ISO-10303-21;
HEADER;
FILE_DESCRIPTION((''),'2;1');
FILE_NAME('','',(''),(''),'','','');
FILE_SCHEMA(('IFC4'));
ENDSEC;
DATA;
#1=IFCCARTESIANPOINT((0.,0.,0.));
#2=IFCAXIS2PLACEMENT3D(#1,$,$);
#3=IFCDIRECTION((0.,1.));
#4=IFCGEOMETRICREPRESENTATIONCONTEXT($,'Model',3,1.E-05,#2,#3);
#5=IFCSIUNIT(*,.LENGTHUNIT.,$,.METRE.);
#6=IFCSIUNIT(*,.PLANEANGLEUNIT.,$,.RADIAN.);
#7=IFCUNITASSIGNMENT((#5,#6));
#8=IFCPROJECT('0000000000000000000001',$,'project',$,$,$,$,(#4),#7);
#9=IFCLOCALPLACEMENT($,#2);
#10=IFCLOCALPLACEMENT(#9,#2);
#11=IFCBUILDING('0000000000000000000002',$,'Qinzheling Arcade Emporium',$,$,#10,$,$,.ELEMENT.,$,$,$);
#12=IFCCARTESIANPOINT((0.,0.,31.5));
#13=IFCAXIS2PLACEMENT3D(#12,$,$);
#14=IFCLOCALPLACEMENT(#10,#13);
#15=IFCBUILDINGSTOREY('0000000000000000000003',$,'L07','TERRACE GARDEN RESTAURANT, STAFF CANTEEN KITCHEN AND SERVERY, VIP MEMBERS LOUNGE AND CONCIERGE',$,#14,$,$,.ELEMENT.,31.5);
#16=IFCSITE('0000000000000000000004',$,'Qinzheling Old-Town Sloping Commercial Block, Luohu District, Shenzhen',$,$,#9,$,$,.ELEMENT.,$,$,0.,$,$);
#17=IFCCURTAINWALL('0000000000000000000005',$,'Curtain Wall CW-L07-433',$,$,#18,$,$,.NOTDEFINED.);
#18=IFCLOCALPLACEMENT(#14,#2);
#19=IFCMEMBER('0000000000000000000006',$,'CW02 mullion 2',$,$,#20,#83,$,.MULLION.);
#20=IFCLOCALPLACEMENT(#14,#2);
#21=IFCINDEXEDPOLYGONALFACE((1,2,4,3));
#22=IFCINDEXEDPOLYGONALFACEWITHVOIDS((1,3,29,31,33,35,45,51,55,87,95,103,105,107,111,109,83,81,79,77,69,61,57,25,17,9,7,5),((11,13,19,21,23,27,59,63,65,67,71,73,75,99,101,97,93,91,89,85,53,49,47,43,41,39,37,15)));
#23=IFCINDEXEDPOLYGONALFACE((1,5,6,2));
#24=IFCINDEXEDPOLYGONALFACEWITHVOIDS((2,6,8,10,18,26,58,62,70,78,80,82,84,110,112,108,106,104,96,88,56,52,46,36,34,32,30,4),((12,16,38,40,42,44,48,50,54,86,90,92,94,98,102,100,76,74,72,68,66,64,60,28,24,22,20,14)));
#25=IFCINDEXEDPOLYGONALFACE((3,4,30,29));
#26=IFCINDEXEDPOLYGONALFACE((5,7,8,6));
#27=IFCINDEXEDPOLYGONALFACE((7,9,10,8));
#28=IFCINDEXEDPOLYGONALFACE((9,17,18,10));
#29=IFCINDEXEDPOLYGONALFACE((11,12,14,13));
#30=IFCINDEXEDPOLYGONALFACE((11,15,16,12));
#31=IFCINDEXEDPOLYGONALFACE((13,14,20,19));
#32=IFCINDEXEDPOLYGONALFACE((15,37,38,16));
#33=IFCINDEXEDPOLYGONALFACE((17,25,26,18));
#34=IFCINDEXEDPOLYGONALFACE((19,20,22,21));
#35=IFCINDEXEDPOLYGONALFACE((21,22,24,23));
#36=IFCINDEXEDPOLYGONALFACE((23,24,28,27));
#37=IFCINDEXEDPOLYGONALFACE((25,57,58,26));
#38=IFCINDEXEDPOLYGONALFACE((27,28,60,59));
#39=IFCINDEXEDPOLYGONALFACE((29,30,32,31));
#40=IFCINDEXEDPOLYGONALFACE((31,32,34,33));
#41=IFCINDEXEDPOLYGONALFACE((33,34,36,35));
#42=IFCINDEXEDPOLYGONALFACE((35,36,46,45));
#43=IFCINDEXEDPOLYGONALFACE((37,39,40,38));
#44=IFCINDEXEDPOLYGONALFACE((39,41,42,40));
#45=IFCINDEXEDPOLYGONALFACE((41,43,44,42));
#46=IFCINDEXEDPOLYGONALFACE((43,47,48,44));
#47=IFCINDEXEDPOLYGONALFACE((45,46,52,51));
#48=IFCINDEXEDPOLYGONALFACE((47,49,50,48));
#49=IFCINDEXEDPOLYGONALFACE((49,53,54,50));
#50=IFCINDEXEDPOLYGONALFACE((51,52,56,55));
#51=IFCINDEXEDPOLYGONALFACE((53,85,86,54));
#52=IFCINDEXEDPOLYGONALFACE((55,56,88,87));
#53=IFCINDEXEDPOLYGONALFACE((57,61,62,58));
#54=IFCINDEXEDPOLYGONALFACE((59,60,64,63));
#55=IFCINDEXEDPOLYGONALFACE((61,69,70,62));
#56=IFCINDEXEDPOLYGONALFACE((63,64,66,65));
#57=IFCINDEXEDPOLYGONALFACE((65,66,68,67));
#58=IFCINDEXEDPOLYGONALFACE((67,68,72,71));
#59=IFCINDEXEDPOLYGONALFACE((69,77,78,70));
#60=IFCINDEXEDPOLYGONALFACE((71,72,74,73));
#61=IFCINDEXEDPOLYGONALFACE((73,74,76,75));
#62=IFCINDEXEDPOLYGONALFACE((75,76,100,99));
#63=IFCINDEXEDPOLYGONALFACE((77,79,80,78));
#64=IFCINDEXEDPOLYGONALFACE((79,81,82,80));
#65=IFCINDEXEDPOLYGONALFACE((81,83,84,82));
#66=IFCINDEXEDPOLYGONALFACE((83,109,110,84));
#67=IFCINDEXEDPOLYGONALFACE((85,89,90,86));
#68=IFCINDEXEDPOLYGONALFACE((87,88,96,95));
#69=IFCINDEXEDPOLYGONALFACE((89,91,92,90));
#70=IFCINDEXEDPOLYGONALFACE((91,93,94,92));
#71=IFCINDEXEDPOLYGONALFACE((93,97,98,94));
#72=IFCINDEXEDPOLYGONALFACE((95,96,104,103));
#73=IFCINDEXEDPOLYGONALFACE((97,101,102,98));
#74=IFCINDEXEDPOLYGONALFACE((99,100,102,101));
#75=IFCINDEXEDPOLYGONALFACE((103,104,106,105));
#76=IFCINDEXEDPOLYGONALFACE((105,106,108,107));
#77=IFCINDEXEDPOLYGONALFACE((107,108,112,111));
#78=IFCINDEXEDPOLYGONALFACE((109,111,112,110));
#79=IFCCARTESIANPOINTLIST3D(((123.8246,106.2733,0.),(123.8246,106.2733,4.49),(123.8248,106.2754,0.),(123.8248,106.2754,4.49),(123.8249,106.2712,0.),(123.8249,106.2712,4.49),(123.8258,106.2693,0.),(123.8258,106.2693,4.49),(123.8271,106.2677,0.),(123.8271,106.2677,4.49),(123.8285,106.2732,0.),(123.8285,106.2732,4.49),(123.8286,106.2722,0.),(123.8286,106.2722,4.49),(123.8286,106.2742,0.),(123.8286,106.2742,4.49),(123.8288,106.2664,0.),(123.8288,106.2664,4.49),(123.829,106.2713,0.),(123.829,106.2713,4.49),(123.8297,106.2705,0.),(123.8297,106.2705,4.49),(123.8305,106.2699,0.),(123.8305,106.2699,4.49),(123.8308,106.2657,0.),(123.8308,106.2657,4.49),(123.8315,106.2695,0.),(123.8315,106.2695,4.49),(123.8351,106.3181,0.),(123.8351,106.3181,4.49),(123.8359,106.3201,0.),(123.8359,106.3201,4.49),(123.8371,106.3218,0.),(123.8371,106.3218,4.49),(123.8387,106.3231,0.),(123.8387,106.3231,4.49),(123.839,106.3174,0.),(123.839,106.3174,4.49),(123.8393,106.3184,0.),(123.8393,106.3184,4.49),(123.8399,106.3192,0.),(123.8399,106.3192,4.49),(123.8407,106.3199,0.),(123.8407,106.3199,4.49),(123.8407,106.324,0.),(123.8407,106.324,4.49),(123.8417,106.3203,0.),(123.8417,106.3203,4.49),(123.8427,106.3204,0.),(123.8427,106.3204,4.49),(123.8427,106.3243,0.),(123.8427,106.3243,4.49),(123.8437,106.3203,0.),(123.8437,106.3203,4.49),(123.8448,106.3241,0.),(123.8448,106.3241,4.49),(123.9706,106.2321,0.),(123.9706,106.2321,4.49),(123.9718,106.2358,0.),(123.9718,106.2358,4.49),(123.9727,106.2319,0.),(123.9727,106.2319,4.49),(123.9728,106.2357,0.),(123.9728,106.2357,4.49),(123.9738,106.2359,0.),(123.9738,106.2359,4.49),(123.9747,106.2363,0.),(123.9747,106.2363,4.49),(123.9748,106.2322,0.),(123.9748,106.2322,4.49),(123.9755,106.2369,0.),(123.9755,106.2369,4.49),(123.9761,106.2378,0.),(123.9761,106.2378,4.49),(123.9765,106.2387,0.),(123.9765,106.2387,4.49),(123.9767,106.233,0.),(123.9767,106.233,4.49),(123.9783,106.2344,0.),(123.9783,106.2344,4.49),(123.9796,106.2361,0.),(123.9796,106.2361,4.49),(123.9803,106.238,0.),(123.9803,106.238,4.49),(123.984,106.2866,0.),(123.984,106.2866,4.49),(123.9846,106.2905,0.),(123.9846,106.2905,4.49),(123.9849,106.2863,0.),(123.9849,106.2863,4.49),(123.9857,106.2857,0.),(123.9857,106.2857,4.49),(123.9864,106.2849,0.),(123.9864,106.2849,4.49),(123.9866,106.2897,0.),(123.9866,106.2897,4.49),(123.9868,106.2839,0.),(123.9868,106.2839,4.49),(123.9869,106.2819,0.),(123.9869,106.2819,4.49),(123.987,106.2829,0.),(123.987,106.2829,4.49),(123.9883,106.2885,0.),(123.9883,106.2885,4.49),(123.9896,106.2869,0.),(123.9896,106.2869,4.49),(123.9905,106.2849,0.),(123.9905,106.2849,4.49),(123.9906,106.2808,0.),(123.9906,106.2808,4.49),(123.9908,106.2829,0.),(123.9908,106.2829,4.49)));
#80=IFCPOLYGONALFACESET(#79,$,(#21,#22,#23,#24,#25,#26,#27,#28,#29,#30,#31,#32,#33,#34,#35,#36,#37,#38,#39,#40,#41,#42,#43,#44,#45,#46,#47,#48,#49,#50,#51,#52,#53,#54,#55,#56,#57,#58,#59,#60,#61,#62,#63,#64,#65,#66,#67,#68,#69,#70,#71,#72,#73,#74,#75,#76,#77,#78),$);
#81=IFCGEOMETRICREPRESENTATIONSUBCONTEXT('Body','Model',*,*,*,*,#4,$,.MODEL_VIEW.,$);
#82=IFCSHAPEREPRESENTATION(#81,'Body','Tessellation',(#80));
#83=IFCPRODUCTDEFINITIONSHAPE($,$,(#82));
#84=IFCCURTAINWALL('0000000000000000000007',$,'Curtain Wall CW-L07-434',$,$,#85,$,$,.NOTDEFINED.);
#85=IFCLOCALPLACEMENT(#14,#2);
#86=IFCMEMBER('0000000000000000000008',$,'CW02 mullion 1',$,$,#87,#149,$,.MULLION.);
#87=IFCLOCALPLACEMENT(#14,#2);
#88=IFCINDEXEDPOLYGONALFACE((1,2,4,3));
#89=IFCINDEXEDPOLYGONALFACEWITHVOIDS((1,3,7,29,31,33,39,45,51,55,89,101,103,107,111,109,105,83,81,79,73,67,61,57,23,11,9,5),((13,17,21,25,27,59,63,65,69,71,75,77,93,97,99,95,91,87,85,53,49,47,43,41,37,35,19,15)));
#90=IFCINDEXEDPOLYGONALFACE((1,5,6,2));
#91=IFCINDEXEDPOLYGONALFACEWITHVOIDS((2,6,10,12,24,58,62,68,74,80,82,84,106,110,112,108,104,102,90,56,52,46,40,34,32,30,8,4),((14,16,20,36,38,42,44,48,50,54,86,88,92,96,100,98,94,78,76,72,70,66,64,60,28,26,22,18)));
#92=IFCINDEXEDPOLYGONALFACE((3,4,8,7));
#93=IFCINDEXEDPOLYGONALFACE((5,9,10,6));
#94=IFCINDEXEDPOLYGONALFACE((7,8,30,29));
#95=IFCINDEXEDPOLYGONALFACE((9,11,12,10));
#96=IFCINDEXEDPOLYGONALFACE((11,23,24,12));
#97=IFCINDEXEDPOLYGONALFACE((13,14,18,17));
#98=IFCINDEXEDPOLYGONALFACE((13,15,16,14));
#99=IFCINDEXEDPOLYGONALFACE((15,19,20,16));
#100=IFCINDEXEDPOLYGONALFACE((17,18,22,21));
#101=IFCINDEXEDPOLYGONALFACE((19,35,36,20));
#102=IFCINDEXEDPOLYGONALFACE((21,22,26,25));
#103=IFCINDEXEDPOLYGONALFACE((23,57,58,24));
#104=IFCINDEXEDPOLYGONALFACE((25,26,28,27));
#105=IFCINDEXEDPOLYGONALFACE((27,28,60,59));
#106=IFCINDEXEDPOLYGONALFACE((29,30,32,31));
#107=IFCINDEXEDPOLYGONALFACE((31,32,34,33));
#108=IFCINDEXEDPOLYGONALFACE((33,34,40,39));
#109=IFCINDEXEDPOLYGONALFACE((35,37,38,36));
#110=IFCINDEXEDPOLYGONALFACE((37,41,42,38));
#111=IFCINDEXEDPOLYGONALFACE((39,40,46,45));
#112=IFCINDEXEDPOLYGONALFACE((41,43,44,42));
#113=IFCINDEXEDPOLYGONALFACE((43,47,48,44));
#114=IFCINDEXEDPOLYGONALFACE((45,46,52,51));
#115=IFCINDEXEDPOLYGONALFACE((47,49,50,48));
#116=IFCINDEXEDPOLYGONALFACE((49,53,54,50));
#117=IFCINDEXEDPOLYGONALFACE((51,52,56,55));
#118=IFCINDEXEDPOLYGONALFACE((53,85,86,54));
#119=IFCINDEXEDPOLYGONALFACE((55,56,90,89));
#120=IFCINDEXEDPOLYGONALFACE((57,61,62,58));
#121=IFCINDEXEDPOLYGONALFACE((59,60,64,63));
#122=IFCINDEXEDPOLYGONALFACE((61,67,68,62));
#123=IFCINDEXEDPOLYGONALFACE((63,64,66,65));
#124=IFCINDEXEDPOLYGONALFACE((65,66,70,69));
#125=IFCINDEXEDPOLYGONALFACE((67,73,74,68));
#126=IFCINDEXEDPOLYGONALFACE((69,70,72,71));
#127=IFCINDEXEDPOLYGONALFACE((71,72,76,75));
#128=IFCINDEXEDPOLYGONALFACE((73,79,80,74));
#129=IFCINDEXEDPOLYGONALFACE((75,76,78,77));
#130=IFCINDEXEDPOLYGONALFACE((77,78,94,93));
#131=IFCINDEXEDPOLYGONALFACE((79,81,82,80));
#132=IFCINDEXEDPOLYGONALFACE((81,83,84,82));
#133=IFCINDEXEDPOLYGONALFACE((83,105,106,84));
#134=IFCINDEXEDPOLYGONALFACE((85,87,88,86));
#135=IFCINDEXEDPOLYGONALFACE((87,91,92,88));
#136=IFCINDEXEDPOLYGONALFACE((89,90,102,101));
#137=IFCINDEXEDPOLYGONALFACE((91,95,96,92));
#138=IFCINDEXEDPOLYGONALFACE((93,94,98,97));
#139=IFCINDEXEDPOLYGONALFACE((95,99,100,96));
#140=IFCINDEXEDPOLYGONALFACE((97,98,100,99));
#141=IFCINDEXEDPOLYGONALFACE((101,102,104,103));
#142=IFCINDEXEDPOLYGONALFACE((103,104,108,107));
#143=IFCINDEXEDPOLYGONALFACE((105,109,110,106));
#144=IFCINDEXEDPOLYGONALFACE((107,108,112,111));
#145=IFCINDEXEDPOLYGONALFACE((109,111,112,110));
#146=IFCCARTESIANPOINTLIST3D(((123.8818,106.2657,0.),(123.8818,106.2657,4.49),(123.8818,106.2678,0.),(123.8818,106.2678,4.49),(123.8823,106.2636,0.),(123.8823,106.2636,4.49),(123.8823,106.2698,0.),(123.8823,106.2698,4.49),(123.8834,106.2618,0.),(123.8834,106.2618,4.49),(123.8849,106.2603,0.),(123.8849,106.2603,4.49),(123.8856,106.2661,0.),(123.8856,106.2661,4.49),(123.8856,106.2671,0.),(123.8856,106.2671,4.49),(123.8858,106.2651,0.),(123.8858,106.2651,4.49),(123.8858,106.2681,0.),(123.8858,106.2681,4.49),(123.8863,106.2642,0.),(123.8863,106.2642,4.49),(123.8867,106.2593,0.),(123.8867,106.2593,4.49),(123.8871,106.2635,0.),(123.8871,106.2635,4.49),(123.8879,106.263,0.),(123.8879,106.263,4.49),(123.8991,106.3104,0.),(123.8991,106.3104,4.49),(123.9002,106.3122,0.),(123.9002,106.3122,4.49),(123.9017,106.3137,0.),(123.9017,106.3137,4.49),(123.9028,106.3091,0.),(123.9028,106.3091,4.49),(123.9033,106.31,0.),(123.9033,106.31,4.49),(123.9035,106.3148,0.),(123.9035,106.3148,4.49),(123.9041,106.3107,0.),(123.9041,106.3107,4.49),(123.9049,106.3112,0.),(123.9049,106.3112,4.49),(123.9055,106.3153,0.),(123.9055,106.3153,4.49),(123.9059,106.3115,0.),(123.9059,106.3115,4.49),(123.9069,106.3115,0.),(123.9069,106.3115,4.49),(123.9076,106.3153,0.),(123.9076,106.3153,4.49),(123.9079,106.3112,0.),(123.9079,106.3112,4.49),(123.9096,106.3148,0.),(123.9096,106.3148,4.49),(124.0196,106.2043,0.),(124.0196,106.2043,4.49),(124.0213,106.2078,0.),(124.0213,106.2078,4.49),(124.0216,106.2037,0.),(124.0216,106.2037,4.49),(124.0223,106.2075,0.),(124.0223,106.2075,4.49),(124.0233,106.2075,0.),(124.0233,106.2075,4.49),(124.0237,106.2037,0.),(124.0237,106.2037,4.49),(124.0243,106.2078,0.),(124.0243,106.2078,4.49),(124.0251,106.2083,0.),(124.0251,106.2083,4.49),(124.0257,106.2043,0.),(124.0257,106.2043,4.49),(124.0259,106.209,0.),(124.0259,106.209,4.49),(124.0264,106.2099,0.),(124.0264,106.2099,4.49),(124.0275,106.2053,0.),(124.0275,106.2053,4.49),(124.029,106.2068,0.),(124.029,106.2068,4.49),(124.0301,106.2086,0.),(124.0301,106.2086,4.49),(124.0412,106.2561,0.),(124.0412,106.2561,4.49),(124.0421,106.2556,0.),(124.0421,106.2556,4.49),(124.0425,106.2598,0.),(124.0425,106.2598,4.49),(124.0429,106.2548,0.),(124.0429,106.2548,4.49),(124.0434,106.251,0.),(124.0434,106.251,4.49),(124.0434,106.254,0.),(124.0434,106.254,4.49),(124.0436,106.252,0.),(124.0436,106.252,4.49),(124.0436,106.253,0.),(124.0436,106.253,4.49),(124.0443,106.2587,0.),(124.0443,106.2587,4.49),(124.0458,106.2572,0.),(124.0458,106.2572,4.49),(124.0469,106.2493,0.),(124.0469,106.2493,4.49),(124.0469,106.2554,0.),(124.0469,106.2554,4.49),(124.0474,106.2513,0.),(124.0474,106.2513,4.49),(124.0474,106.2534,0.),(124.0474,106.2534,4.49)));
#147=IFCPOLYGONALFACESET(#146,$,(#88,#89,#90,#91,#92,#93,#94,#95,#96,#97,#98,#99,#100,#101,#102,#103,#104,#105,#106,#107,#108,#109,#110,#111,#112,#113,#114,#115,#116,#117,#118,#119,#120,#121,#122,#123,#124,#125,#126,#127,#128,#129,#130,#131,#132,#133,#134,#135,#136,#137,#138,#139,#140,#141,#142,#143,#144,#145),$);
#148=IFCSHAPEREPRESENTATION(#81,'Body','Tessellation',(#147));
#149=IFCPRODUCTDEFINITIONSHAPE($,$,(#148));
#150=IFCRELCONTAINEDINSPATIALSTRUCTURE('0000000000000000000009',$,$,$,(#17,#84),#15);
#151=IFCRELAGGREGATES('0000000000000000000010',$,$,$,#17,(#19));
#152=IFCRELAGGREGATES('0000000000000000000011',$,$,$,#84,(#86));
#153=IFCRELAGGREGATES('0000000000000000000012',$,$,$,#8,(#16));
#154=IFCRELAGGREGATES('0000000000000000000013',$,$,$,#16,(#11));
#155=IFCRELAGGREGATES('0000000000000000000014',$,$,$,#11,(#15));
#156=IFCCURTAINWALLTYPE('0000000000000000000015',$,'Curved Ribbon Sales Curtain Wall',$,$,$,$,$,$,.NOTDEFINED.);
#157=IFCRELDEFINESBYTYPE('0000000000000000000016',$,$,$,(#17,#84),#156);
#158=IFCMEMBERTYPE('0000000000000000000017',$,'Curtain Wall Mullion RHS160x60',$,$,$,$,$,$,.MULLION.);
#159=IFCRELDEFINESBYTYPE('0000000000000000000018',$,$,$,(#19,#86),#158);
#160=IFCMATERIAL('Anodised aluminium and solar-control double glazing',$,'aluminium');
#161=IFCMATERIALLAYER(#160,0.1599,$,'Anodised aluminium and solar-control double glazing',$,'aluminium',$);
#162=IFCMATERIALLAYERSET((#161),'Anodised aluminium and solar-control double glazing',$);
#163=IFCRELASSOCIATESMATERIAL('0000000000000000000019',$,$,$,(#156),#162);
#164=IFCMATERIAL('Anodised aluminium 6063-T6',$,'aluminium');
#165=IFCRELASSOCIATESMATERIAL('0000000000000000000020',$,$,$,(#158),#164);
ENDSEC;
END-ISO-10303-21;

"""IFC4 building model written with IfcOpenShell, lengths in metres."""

from ifc_helpers import new_model, si_unit, direction, frame, origin, origin_2d, place, context, subcontext, project, spatial, hollow_rectangle, extrude, material, layer, layer_set, material_profile, profile_set, type_object, element, aggregate, save


model = new_model("IFC4")

# Units and contexts
model_context = context("Model", 3, precision=1e-05, world=origin(), true_north=direction((0.0, 1.0)))
body_context = subcontext(model_context, "Body", "Model", "MODEL_VIEW")
ifc_project = project(units=[si_unit("LENGTHUNIT", "METRE"), si_unit("PLANEANGLEUNIT", "RADIAN")], contexts=[model_context])

# Site, building, storey
site_placement = place(None, origin())
site = spatial("IfcSite", under=ifc_project, at=site_placement, Name="Qinzheling Old-Town Sloping Commercial Block, Luohu District, Shenzhen", CompositionType="ELEMENT", RefElevation=0.0)
building_placement = place(site_placement, origin())
building = spatial("IfcBuilding", under=site, at=building_placement, Name="Qinzheling Arcade Emporium", CompositionType="ELEMENT")
storey_placement = place(building_placement, frame((0.0, 0.0, 31.5)))
storey = spatial("IfcBuildingStorey", under=building, at=storey_placement, Name="L07", Description="TERRACE GARDEN RESTAURANT, STAFF CANTEEN KITCHEN AND SERVERY, VIP MEMBERS LOUNGE AND CONCIERGE", CompositionType="ELEMENT", Elevation=31.5)

# Curtain wall, member
ifc_material_1 = material(Name="Anodised aluminium and solar-control double glazing", Category="aluminium")
ifc_layer_1 = layer(ifc_material_1, 0.1599, Name="Anodised aluminium and solar-control double glazing", Category="aluminium")
ifc_layer_set_1 = layer_set([ifc_layer_1], Name="Anodised aluminium and solar-control double glazing")
curtain_wall_type = type_object("IfcCurtainWallType", Name="Curved Ribbon Sales Curtain Wall", PredefinedType="NOTDEFINED", material=ifc_layer_set_1)
curtain_wall_1_placement = place(storey_placement, origin())
curtain_wall_1 = element("IfcCurtainWall", 1, at=curtain_wall_1_placement, inside=storey, type_object=curtain_wall_type, Name="Curtain Wall CW-L07-433", PredefinedType="NOTDEFINED")
ifc_material_2 = material(Name="Anodised aluminium 6063-T6", Category="aluminium")
ifc_material_profile_1 = material_profile(ifc_material_2, hollow_rectangle(XDim=0.0601, YDim=0.1599, WallThickness=0.0039, InnerFilletRadius=0.0039, OuterFilletRadius=0.0081, at=origin_2d()), Name="RHS 160x60x4", Category="aluminium")
ifc_profile_set_1 = profile_set([ifc_material_profile_1], Name="Anodised aluminium 6063-T6")
member_type_1 = type_object("IfcMemberType", Name="Curtain Wall Mullion RHS160x60", PredefinedType="MULLION", material=ifc_profile_set_1)
member_1_placement = place(storey_placement, frame((123.9077, 106.2781, 0.0), z_axis=(0.0, 0.0, 1.0), x_axis=(0.233641, 0.972323, 0.0)))
member_1 = element("IfcMember", 2, at=member_1_placement, type_object=member_type_1, Name="CW02 mullion 2", PredefinedType="MULLION", context=body_context, shape_type="SweptSolid", body=[
    extrude(hollow_rectangle(XDim=0.0601, YDim=0.1599, WallThickness=0.0039, InnerFilletRadius=0.0039, OuterFilletRadius=0.0081, at=origin_2d()), origin(), (0.0, 0.0, 1.0), 4.49),
])

# Curtain wall, member
curtain_wall_2_placement = place(storey_placement, origin())
curtain_wall_2 = element("IfcCurtainWall", 3, at=curtain_wall_2_placement, inside=storey, type_object=curtain_wall_type, Name="Curtain Wall CW-L07-434", PredefinedType="NOTDEFINED")
member_2_placement = place(storey_placement, frame((123.9646, 106.2595, 0.0), z_axis=(0.0, 0.0, 1.0), x_axis=(0.382352, 0.924017, 0.0)))
member_2 = element("IfcMember", 4, at=member_2_placement, type_object=member_type_1, Name="CW02 mullion 1", PredefinedType="MULLION", context=body_context, shape_type="SweptSolid", body=[
    extrude(hollow_rectangle(XDim=0.0601, YDim=0.1599, WallThickness=0.0039, InnerFilletRadius=0.0039, OuterFilletRadius=0.0081, at=origin_2d()), origin(), (0.0, 0.0, 1.0), 4.49),
])

aggregate(curtain_wall_1, [member_1])
aggregate(curtain_wall_2, [member_2])

save(model, "model.ifc")
